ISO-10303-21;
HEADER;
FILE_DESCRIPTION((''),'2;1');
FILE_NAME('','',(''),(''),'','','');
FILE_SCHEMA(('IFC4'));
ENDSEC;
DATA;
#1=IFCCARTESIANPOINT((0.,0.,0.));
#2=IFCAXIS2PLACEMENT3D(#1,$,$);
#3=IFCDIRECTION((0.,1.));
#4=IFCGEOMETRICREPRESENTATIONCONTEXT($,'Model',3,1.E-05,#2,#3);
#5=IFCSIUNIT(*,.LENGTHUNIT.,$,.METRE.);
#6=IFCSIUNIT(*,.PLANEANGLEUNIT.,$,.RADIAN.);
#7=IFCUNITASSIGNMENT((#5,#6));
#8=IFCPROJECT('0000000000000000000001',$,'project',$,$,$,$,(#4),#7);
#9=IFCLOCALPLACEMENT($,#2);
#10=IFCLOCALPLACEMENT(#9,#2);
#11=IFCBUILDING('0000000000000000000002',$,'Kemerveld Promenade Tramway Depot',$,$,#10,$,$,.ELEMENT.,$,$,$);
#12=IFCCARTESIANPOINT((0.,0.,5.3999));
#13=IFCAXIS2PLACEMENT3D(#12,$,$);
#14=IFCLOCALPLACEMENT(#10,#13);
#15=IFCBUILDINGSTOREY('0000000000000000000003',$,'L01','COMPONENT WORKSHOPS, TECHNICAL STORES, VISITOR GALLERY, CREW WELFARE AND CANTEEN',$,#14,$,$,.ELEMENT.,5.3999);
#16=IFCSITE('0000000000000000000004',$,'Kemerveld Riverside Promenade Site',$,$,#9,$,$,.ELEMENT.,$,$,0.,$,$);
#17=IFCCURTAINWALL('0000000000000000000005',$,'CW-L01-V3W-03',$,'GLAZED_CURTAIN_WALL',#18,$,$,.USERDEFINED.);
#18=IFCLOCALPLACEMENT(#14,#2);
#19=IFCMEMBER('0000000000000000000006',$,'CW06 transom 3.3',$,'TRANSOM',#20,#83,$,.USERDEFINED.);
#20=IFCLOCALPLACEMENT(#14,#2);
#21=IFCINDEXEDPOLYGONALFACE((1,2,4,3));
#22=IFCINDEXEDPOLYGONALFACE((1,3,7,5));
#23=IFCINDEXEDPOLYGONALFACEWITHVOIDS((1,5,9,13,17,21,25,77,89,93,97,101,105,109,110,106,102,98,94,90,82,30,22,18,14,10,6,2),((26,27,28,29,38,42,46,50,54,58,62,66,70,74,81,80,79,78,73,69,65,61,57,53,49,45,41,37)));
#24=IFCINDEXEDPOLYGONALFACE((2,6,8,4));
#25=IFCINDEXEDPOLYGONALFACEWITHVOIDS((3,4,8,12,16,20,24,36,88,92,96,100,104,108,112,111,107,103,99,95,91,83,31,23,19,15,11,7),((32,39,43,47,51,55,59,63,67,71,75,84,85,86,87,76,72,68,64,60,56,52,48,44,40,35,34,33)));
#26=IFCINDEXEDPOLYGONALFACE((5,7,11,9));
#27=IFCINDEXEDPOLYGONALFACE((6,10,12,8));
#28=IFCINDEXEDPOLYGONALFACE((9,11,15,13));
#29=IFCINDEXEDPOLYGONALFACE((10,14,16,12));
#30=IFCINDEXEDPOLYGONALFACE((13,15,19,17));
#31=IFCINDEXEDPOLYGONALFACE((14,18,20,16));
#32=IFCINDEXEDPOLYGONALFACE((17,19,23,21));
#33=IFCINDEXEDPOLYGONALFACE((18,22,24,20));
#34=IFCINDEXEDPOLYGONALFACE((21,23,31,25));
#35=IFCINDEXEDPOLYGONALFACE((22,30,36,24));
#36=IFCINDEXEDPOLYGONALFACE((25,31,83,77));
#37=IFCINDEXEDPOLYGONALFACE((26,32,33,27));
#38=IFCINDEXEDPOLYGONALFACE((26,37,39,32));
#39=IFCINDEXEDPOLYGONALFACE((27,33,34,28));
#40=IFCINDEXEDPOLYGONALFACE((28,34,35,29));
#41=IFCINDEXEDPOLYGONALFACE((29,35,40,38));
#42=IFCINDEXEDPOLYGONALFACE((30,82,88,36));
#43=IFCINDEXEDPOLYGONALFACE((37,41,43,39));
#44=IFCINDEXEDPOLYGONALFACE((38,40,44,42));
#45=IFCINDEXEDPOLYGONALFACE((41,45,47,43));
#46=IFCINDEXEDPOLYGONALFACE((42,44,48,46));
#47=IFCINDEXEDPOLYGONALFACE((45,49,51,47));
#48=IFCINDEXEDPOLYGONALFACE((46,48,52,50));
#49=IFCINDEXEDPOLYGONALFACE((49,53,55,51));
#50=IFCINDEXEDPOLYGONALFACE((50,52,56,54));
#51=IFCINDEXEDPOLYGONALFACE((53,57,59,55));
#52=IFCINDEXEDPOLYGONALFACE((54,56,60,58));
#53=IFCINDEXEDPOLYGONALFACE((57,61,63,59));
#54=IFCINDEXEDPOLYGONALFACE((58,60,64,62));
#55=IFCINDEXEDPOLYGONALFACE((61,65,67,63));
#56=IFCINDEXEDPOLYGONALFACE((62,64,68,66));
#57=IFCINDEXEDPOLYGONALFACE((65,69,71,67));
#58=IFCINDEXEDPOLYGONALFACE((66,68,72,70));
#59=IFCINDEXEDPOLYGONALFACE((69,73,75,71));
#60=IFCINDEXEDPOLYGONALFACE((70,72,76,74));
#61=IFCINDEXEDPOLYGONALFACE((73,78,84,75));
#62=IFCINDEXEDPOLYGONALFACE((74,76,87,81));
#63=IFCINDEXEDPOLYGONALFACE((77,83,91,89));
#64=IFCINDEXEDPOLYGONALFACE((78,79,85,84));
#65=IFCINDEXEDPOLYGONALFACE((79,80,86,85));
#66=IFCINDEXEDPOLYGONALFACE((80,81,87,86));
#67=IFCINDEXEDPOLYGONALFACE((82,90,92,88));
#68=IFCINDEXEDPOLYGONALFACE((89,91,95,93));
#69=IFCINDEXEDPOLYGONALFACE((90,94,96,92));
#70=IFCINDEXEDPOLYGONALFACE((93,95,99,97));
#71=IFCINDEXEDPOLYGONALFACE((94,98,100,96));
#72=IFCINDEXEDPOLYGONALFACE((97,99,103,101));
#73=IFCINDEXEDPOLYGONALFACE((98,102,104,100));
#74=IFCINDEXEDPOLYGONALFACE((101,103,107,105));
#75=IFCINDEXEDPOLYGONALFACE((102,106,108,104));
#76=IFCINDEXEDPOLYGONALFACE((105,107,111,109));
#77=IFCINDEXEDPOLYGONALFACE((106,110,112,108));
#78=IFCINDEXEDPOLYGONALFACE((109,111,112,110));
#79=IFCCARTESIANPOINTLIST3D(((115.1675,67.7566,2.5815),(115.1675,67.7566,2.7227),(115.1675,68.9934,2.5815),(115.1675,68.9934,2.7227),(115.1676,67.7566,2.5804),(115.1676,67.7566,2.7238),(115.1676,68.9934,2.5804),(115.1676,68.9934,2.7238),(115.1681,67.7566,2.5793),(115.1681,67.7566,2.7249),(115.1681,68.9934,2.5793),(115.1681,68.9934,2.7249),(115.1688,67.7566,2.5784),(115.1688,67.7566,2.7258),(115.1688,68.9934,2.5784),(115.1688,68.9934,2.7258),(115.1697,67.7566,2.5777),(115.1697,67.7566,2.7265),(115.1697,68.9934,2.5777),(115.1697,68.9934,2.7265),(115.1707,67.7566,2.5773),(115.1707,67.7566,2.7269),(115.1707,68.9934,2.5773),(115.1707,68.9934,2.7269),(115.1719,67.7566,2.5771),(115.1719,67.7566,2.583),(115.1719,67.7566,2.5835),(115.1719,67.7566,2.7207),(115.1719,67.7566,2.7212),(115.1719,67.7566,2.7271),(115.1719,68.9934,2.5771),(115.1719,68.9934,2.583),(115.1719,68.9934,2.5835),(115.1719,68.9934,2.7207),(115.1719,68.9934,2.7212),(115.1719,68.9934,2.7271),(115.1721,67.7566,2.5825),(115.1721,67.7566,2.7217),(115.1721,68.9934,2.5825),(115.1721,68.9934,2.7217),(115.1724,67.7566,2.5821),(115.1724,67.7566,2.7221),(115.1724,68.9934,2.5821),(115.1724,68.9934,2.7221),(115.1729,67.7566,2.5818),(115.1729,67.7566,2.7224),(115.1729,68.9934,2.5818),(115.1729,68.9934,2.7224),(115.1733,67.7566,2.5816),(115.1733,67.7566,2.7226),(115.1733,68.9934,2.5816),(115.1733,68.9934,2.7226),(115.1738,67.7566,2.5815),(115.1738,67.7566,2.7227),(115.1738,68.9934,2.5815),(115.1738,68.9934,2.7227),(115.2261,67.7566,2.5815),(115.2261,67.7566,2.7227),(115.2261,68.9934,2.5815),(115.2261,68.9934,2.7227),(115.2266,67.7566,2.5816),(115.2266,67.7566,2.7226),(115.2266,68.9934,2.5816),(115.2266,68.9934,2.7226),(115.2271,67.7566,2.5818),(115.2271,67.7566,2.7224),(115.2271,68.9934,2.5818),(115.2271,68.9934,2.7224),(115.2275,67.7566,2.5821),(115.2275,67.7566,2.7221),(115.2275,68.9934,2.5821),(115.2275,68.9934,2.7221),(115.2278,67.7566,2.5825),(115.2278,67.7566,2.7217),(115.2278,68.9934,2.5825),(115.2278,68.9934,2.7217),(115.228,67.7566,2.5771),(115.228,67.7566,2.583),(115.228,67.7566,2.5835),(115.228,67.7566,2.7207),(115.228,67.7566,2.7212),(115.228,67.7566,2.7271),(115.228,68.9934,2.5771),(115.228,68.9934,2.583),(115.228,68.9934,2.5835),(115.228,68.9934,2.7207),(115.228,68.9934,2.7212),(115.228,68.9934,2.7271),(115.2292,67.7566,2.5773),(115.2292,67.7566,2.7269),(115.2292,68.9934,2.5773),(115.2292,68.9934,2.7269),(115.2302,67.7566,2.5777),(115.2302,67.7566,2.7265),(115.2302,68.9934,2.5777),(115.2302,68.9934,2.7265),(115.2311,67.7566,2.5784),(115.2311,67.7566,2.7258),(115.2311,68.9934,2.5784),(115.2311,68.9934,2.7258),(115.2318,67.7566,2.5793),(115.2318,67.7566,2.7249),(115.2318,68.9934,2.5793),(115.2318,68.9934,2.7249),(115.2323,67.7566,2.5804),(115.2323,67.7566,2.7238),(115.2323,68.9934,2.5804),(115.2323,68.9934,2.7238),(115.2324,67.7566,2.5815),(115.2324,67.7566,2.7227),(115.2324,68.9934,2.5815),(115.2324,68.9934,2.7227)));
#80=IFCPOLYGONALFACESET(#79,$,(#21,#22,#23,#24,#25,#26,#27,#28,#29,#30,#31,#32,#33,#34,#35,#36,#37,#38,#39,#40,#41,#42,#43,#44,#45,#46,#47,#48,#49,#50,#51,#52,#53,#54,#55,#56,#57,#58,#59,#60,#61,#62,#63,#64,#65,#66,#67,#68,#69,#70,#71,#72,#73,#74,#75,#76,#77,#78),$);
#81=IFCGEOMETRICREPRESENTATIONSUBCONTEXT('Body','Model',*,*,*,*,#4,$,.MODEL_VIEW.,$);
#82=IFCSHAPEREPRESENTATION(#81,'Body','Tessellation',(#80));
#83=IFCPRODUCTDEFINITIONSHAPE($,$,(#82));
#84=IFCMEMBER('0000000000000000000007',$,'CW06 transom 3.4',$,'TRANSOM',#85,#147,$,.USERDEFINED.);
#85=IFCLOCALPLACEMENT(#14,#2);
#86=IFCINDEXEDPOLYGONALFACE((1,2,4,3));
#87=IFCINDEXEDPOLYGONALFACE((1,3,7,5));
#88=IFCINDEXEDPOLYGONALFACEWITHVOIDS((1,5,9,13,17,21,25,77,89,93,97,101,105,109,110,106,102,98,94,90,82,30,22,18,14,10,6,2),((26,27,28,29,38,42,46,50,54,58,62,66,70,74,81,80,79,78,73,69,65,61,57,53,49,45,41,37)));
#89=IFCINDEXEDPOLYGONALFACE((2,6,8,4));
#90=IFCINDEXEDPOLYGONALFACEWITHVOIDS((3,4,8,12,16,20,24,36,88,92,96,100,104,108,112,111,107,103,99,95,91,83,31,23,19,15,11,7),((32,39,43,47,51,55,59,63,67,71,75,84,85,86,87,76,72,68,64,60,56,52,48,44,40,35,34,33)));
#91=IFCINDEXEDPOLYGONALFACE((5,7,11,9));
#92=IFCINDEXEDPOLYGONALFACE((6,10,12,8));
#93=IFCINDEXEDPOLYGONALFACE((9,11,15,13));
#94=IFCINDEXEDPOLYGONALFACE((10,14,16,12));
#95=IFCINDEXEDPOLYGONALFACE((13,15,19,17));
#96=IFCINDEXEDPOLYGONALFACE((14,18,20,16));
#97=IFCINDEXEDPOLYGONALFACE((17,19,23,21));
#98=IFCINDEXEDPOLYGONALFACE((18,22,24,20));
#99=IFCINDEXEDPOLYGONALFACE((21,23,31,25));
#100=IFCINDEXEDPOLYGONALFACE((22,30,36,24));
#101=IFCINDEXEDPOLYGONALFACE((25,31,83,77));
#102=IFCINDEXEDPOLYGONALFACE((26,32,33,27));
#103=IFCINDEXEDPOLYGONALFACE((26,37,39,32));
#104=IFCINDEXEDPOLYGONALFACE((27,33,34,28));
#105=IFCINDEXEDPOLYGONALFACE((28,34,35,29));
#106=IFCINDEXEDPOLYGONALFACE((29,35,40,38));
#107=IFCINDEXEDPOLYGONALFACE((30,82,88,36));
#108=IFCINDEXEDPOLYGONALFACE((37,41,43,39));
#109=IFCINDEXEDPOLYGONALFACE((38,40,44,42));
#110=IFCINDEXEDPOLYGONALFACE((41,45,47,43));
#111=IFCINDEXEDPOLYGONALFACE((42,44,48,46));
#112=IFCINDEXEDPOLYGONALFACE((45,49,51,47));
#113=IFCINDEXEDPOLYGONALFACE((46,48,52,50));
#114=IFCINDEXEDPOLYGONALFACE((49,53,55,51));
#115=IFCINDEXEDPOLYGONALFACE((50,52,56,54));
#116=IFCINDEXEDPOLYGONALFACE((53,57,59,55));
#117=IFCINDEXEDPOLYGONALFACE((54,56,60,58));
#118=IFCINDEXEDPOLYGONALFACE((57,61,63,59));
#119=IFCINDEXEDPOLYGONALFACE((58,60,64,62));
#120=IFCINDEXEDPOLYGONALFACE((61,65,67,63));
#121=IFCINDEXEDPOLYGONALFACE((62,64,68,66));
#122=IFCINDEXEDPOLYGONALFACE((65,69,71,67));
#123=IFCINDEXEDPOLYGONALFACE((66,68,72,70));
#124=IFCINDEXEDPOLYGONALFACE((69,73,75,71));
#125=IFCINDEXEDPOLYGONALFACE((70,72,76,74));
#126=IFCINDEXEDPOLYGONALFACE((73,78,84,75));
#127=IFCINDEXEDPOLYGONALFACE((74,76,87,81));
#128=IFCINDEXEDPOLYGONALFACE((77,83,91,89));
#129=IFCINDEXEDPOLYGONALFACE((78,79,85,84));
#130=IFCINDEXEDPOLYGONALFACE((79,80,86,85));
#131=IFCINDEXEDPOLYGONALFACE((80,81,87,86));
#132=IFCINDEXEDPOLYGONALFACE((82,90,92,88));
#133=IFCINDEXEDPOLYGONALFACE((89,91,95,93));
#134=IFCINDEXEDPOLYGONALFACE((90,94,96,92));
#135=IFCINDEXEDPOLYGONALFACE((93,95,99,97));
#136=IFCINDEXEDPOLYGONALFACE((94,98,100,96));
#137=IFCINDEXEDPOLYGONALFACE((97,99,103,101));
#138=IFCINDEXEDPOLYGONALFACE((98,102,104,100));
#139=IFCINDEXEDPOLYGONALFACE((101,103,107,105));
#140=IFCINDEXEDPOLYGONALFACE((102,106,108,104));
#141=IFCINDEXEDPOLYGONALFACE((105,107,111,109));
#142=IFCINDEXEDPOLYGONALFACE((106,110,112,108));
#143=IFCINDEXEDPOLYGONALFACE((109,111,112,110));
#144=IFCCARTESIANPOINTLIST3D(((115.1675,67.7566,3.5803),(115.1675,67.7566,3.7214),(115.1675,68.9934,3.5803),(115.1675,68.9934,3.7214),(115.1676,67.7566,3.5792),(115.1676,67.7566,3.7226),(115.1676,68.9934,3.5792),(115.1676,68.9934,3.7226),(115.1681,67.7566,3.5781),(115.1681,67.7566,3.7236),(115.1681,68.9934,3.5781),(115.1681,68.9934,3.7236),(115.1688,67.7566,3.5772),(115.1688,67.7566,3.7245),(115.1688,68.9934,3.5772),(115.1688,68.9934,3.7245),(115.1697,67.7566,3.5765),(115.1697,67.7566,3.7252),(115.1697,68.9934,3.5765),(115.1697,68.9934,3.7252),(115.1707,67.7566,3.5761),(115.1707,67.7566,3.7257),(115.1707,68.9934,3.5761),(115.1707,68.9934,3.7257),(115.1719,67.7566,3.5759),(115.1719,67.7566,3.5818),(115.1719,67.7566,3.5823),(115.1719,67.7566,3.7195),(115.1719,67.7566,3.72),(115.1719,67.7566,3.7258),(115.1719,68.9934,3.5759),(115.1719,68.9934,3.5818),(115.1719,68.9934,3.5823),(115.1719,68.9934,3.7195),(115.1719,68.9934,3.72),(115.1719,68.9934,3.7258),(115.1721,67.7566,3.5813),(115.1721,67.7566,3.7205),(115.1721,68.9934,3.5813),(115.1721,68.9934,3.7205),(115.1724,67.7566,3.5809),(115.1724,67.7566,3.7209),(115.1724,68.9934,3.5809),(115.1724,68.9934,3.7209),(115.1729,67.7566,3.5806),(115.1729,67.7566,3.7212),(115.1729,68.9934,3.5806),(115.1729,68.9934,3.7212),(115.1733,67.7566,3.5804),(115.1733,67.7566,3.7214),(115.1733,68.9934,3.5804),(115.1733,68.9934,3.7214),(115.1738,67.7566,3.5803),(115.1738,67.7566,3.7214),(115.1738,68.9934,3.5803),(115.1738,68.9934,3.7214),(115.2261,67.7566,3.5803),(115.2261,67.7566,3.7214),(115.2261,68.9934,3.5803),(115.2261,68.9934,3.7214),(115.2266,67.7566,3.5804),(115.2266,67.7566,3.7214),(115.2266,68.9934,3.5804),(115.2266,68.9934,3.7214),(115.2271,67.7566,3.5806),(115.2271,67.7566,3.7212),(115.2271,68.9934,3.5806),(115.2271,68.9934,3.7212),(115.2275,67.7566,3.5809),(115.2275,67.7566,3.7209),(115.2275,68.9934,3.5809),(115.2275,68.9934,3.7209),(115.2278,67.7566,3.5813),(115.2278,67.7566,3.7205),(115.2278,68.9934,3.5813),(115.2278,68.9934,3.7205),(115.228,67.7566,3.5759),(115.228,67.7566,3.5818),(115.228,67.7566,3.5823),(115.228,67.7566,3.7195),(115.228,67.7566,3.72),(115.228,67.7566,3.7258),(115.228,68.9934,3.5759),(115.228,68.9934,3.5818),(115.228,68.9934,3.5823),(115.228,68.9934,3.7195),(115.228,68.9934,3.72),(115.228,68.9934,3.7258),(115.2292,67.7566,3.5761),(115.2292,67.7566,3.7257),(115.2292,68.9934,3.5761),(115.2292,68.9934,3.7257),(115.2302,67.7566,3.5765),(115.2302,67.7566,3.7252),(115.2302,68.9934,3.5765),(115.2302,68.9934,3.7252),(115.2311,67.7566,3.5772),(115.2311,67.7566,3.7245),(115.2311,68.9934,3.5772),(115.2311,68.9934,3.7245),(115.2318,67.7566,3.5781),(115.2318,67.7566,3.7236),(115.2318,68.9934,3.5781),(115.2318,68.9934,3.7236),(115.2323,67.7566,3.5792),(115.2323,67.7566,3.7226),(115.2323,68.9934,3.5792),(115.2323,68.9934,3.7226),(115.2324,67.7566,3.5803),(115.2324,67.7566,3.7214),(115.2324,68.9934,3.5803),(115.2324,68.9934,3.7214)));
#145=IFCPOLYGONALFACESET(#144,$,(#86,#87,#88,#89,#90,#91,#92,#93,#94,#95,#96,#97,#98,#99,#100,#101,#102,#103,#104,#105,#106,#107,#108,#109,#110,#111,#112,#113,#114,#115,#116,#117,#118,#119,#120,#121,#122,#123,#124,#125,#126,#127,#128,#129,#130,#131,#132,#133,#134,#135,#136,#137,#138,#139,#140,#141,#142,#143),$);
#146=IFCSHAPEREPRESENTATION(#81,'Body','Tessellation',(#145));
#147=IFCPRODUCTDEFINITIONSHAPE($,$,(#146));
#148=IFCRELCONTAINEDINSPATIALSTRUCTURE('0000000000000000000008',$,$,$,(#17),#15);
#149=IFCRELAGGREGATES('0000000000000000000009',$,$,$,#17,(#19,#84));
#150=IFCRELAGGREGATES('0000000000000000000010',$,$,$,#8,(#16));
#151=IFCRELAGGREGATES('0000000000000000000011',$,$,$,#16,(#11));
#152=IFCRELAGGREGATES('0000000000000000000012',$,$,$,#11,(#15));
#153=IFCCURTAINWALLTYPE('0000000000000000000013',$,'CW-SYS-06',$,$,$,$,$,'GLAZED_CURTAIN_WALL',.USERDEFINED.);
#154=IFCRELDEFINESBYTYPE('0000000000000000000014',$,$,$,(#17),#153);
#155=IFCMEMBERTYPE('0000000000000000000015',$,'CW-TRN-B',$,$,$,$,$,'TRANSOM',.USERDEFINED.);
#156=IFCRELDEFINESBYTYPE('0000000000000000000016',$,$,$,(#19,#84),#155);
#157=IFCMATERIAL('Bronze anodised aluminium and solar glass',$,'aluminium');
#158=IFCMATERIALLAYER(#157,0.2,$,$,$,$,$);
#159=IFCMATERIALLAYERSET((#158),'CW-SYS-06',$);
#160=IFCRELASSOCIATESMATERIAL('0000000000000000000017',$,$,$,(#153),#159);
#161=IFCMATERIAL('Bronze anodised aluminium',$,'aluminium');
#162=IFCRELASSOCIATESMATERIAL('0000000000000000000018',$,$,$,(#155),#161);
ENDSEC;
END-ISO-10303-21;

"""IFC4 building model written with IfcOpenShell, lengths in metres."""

from ifc_helpers import new_model, si_unit, direction, frame, origin, origin_2d, place, context, subcontext, project, spatial, hollow_rectangle, extrude, material, layer, layer_set, material_profile, profile_set, type_object, element, aggregate, save


model = new_model("IFC4")

# Units and contexts
model_context = context("Model", 3, precision=1e-05, world=origin(), true_north=direction((0.0, 1.0)))
body_context = subcontext(model_context, "Body", "Model", "MODEL_VIEW")
ifc_project = project(units=[si_unit("LENGTHUNIT", "METRE"), si_unit("PLANEANGLEUNIT", "RADIAN")], contexts=[model_context])

# Site, building, storey
site_placement = place(None, origin())
site = spatial("IfcSite", under=ifc_project, at=site_placement, Name="Kemerveld Riverside Promenade Site", CompositionType="ELEMENT", RefElevation=0.0)
building_placement = place(site_placement, origin())
building = spatial("IfcBuilding", under=site, at=building_placement, Name="Kemerveld Promenade Tramway Depot", CompositionType="ELEMENT")
storey_placement = place(building_placement, frame((0.0, 0.0, 5.3999)))
storey = spatial("IfcBuildingStorey", under=building, at=storey_placement, Name="L01", Description="COMPONENT WORKSHOPS, TECHNICAL STORES, VISITOR GALLERY, CREW WELFARE AND CANTEEN", CompositionType="ELEMENT", Elevation=5.3999)

# Curtain wall, members
ifc_material_1 = material(Name="Bronze anodised aluminium and solar glass", Category="aluminium")
ifc_layer_1 = layer(ifc_material_1, 0.2)
ifc_layer_set_1 = layer_set([ifc_layer_1], Name="CW-SYS-06")
curtain_wall_type = type_object("IfcCurtainWallType", Name="CW-SYS-06", ElementType="GLAZED_CURTAIN_WALL", PredefinedType="USERDEFINED", material=ifc_layer_set_1)
curtain_wall_placement = place(storey_placement, origin())
curtain_wall = element("IfcCurtainWall", 1, at=curtain_wall_placement, inside=storey, type_object=curtain_wall_type, Name="CW-L01-V3W-03", ObjectType="GLAZED_CURTAIN_WALL", PredefinedType="USERDEFINED")
ifc_material_2 = material(Name="Bronze anodised aluminium", Category="aluminium")
ifc_material_profile_1 = material_profile(ifc_material_2, hollow_rectangle(XDim=0.0649, YDim=0.1499, WallThickness=0.0044, InnerFilletRadius=0.002, OuterFilletRadius=0.0044, at=origin_2d()), Name="CW-TRN-150x65")
ifc_profile_set_1 = profile_set([ifc_material_profile_1], Name="Bronze anodised aluminium")
member_type_1 = type_object("IfcMemberType", Name="CW-TRN-B", ElementType="TRANSOM", PredefinedType="USERDEFINED", material=ifc_profile_set_1)
member_1_placement = place(storey_placement, frame((115.2, 67.7566, 2.6521), z_axis=(0.0, 1.0, 0.0), x_axis=(-1.0, 0.0, 0.0)))
member_1 = element("IfcMember", 2, at=member_1_placement, type_object=member_type_1, Name="CW06 transom 3.3", ObjectType="TRANSOM", PredefinedType="USERDEFINED", context=body_context, shape_type="SweptSolid", body=[
    extrude(hollow_rectangle(XDim=0.0649, YDim=0.1499, WallThickness=0.0044, InnerFilletRadius=0.002, OuterFilletRadius=0.0044, at=origin_2d()), origin(), (0.0, 0.0, 1.0), 1.2368),
])
member_2_placement = place(storey_placement, frame((115.2, 67.7566, 3.6509), z_axis=(0.0, 1.0, 0.0), x_axis=(-1.0, 0.0, 0.0)))
member_2 = element("IfcMember", 3, at=member_2_placement, type_object=member_type_1, Name="CW06 transom 3.4", ObjectType="TRANSOM", PredefinedType="USERDEFINED", context=body_context, shape_type="SweptSolid", body=[
    extrude(hollow_rectangle(XDim=0.0649, YDim=0.1499, WallThickness=0.0044, InnerFilletRadius=0.002, OuterFilletRadius=0.0044, at=origin_2d()), origin(), (0.0, 0.0, 1.0), 1.2368),
])
aggregate(curtain_wall, [member_1, member_2])

save(model, "model.ifc")
